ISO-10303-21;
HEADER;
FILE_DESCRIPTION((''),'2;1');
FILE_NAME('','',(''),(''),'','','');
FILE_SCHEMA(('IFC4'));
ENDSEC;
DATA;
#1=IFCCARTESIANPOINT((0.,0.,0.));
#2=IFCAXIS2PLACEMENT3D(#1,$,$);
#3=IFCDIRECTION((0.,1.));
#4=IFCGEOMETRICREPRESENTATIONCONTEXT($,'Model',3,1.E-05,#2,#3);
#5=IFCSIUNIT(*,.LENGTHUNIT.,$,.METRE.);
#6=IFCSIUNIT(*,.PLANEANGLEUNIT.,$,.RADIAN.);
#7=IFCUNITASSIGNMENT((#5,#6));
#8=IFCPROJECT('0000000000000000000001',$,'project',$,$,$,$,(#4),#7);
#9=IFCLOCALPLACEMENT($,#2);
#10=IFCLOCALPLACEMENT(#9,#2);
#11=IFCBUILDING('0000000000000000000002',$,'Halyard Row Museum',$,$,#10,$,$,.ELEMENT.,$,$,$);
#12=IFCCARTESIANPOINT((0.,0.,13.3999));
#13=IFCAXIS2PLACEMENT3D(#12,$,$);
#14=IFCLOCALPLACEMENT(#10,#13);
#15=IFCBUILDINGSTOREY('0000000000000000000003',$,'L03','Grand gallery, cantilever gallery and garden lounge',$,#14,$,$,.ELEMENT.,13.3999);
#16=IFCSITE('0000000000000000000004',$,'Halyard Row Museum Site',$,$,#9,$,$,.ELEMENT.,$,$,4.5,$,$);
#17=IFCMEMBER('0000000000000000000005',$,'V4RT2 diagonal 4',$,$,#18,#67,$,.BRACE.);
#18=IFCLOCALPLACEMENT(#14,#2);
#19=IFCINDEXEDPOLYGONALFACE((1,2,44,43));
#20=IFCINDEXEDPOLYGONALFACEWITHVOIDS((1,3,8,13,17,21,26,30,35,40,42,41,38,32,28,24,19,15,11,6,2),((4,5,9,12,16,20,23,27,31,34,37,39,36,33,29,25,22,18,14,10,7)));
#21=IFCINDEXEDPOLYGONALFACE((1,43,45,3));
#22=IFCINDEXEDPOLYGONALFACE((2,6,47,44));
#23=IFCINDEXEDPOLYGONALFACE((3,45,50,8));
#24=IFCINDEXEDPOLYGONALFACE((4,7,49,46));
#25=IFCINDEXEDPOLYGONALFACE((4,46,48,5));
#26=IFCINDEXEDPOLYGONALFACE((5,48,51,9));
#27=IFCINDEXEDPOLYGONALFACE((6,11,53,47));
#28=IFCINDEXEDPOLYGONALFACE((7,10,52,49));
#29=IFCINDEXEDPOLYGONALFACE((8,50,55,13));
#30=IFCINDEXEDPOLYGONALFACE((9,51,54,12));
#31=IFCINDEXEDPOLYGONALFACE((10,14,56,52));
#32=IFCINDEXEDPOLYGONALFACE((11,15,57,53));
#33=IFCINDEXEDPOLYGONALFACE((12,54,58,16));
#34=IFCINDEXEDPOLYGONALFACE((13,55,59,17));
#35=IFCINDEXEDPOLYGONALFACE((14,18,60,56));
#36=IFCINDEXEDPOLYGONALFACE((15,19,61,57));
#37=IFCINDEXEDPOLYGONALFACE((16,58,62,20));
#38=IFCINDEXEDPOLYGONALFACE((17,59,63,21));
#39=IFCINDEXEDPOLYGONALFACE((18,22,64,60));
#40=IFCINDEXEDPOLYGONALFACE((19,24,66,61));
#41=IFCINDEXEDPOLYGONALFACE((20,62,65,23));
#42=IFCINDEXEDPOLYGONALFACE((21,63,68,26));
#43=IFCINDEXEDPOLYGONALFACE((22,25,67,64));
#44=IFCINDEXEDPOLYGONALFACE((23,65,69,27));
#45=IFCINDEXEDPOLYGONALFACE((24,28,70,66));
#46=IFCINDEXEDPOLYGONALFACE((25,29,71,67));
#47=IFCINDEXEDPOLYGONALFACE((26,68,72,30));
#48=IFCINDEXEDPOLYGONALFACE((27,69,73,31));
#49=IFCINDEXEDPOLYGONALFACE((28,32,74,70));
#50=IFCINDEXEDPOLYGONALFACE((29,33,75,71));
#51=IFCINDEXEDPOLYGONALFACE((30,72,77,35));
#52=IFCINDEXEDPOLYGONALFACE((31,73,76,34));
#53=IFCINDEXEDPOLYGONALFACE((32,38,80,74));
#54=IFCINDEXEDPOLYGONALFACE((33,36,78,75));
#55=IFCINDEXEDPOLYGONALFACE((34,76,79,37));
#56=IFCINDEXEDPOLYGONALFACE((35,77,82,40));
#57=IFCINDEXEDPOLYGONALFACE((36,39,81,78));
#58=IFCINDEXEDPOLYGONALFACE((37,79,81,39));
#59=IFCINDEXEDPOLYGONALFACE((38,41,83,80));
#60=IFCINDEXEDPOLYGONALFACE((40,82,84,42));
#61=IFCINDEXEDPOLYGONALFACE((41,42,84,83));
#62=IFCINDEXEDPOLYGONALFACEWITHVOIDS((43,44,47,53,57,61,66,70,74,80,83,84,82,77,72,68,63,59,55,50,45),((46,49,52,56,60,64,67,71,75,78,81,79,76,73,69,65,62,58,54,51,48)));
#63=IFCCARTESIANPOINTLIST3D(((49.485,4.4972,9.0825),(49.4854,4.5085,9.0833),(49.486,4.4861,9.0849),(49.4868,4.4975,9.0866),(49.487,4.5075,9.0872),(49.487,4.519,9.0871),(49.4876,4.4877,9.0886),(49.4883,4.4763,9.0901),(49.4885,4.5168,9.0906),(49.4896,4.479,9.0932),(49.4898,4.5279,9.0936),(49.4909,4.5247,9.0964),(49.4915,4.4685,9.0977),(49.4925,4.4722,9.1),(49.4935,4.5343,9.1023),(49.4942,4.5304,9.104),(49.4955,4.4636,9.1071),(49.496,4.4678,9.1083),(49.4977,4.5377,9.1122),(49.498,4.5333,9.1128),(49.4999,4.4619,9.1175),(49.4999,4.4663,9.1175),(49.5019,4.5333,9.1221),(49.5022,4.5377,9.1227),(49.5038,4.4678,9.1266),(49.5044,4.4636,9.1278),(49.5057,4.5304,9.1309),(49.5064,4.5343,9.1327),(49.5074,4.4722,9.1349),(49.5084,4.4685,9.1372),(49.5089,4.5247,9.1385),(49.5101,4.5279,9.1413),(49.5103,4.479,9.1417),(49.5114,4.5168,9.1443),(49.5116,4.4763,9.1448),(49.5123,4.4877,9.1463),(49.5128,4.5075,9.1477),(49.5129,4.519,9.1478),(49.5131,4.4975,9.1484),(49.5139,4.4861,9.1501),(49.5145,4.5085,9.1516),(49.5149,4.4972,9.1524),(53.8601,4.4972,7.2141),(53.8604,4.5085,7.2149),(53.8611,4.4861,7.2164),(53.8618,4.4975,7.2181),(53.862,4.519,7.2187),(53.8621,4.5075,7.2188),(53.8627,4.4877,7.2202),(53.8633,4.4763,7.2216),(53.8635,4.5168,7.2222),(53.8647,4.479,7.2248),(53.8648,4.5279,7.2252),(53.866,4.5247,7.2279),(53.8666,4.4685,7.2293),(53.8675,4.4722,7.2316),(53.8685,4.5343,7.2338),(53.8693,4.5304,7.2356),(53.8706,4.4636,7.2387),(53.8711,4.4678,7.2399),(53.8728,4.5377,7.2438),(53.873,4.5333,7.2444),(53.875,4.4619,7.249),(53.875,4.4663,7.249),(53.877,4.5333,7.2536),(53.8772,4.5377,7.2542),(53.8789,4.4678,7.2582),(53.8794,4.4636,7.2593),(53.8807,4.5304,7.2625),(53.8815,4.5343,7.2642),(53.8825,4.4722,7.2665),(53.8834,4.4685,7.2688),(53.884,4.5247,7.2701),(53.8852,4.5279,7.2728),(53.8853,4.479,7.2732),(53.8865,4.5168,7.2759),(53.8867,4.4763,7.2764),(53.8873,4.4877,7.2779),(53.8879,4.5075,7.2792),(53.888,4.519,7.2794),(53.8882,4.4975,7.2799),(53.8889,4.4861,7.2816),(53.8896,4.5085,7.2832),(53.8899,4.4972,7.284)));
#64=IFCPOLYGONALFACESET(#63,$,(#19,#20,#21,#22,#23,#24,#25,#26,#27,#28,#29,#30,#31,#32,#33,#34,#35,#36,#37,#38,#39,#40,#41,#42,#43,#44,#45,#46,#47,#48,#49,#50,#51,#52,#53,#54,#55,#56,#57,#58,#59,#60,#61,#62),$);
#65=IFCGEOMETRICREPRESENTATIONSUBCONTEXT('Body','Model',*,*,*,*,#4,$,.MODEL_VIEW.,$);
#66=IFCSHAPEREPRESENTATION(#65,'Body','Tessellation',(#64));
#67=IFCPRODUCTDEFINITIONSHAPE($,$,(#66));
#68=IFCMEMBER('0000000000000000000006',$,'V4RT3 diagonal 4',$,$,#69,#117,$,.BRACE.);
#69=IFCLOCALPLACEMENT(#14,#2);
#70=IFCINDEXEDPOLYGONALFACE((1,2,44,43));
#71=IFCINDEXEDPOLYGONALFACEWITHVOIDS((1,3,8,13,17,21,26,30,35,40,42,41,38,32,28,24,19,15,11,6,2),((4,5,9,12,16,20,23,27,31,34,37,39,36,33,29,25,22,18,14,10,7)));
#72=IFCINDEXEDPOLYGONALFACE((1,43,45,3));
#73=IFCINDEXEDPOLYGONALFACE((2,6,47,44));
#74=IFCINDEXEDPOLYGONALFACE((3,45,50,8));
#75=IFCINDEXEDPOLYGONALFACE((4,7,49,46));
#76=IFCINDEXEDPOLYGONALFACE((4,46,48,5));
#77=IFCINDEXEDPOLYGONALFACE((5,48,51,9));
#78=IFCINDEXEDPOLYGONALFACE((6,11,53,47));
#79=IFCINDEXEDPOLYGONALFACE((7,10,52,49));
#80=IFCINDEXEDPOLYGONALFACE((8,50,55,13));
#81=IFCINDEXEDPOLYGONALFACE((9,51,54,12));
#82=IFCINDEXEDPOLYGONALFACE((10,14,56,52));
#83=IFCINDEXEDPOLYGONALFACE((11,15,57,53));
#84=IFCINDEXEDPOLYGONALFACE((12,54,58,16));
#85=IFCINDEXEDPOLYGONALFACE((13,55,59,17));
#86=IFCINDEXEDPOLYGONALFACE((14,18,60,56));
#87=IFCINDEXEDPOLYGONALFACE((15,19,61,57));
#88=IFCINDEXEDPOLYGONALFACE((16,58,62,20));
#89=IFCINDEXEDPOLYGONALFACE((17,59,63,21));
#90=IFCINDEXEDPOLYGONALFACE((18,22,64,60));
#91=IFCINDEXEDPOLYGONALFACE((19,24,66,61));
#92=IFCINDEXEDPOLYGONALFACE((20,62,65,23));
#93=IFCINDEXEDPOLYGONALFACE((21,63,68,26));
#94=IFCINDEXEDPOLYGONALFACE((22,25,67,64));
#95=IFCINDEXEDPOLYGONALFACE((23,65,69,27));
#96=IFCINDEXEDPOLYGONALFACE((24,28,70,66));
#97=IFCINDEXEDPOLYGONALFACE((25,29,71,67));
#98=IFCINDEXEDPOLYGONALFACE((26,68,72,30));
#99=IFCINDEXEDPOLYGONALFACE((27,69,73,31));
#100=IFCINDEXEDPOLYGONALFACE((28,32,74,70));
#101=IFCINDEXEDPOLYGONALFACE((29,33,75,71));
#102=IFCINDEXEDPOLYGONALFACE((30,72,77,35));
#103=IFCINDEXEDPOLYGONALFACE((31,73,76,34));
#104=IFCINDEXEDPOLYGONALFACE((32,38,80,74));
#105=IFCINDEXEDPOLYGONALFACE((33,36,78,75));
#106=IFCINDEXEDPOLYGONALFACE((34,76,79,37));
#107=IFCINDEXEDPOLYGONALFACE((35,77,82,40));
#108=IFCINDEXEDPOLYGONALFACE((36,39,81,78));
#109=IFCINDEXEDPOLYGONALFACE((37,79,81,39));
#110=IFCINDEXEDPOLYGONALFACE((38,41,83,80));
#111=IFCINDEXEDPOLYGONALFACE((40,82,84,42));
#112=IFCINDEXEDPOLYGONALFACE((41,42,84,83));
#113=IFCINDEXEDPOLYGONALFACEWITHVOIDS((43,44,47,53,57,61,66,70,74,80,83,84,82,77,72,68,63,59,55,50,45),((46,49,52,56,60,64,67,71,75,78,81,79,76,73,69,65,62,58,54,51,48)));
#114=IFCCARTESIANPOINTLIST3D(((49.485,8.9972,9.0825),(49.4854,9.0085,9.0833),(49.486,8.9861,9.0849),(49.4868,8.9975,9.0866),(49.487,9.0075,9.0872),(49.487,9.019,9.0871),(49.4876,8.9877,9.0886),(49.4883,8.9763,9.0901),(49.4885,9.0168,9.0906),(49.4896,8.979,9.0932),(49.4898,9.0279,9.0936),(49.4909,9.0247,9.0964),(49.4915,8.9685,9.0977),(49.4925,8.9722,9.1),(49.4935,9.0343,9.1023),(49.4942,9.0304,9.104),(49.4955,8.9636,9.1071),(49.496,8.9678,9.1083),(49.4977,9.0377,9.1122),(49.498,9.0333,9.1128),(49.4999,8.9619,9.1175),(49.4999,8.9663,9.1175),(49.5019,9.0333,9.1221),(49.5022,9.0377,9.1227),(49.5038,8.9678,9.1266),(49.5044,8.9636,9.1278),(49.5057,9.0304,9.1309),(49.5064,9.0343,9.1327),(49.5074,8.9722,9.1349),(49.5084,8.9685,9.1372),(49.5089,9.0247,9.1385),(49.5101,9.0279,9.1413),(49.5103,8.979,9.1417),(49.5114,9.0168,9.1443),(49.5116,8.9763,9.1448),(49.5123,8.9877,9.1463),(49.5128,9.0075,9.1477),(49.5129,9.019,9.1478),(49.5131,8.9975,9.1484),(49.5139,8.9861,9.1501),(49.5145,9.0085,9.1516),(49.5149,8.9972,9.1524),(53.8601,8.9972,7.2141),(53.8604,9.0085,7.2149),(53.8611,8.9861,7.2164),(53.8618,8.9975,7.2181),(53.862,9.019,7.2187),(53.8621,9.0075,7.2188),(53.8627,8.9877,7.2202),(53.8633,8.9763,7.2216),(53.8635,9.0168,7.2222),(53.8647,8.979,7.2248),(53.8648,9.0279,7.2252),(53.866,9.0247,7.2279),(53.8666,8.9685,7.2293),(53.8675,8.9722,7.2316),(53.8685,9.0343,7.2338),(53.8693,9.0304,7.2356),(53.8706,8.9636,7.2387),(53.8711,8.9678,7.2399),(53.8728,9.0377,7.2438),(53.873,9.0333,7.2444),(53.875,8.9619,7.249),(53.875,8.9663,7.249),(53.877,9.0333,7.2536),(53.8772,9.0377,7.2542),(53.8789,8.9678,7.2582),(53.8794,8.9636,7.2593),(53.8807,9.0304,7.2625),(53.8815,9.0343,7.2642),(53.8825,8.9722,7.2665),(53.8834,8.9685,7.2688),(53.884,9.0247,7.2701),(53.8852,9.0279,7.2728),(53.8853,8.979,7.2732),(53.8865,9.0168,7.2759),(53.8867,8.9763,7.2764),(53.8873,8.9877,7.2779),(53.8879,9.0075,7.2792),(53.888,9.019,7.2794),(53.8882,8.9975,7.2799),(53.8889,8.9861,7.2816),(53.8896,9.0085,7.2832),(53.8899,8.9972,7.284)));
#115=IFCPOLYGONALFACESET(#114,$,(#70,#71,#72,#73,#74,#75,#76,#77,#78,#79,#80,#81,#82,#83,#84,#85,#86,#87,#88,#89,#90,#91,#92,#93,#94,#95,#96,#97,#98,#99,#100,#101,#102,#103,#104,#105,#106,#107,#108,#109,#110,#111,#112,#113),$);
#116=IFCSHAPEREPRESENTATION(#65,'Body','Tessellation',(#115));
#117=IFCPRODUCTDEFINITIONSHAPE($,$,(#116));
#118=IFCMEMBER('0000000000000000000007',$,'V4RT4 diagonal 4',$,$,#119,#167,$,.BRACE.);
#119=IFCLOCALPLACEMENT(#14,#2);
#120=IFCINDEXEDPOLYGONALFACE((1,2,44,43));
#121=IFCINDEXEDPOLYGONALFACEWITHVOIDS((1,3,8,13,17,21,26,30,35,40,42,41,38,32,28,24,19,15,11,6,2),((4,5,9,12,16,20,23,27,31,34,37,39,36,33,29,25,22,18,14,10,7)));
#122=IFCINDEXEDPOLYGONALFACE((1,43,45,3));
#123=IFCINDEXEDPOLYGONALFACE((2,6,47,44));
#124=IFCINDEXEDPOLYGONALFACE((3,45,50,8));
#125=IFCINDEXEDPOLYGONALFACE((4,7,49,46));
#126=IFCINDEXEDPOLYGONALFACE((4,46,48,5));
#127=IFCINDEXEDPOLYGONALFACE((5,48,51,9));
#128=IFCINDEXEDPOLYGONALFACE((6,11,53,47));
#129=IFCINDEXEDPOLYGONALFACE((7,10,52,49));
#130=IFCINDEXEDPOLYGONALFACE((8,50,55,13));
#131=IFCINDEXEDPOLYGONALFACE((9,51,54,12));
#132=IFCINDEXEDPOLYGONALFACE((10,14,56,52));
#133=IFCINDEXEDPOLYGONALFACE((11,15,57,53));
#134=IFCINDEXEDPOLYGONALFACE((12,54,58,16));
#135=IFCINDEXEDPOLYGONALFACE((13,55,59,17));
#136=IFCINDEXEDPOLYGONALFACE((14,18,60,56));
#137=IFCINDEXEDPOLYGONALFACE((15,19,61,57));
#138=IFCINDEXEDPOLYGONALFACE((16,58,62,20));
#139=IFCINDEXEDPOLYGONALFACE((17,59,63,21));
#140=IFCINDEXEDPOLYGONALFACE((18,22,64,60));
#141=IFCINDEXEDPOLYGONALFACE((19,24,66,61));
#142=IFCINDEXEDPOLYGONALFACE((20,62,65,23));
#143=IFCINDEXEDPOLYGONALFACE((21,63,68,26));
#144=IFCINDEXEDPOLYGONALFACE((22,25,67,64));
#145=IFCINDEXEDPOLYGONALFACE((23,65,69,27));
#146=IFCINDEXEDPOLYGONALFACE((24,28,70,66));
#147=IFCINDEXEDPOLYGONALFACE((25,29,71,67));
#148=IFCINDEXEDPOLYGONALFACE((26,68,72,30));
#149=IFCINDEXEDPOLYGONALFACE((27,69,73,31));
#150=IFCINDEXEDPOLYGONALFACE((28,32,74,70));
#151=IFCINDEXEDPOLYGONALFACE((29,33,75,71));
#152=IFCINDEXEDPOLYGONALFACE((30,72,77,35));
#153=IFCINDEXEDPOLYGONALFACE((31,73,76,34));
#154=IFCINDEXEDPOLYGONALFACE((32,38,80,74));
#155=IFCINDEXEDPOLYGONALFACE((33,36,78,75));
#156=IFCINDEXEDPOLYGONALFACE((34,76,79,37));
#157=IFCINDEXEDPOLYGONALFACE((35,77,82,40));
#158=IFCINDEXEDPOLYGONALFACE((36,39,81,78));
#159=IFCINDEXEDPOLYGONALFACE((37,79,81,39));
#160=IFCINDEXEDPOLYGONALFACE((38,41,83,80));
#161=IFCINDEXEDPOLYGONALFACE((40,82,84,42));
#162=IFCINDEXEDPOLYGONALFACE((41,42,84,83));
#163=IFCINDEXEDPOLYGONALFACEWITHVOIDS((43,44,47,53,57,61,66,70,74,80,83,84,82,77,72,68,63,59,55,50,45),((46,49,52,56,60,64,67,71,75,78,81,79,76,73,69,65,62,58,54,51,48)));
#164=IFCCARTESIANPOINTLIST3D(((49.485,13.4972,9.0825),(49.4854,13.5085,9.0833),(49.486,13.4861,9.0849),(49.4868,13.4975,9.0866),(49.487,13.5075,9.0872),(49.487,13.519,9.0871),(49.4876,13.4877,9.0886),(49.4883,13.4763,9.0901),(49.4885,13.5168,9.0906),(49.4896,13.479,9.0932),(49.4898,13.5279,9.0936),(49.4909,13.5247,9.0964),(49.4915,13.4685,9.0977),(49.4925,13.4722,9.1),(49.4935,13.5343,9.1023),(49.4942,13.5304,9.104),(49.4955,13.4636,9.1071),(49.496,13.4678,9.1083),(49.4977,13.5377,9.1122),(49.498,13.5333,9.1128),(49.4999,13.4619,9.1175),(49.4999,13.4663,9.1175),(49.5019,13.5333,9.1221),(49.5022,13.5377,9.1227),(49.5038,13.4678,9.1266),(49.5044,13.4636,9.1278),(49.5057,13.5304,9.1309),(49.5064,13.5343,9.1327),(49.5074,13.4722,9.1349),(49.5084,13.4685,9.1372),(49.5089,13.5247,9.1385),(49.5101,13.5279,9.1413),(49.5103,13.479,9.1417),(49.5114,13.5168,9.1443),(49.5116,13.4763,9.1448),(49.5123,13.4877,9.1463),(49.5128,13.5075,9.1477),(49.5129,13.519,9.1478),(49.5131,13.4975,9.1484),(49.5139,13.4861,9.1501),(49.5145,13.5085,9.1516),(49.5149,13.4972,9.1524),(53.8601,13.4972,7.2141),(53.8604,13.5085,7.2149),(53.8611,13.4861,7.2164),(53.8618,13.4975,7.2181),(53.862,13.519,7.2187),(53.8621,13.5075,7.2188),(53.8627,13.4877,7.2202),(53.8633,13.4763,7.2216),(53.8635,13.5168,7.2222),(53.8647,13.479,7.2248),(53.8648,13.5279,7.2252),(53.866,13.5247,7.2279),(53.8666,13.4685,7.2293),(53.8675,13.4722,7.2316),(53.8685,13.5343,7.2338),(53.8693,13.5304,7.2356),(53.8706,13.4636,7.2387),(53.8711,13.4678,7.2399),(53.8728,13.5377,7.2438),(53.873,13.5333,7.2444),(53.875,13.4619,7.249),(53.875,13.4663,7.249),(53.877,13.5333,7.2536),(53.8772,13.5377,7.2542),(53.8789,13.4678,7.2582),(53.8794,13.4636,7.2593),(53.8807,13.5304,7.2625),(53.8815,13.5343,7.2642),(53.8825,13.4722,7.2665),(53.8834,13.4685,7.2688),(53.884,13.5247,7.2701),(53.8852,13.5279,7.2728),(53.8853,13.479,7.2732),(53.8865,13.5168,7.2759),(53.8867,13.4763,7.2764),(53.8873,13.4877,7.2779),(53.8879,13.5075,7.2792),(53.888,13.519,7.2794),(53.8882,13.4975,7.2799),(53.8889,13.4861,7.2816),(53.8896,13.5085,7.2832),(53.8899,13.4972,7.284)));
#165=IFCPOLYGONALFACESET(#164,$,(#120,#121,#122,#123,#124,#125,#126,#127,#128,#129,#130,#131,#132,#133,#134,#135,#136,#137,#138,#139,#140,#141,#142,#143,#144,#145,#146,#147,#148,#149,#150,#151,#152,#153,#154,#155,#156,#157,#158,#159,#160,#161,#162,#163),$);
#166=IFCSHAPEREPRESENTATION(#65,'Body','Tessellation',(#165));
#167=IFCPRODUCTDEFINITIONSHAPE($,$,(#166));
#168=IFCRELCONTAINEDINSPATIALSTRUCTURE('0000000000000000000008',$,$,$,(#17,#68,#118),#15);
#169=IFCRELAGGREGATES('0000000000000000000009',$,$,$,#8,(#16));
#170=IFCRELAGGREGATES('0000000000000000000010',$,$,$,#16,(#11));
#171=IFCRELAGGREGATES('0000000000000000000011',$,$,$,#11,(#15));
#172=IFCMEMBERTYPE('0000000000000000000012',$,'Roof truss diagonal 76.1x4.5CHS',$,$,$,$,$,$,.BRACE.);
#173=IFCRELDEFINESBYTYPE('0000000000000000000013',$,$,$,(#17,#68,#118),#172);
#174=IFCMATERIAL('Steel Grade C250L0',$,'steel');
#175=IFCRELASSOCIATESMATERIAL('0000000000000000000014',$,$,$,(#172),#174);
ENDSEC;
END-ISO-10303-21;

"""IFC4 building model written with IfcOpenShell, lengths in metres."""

from ifc_helpers import new_model, si_unit, direction, frame, origin, origin_2d, place, context, subcontext, project, spatial, hollow_circle, extrude, material, material_profile, profile_set, type_object, element, save


model = new_model("IFC4")

# Units and contexts
model_context = context("Model", 3, precision=1e-05, world=origin(), true_north=direction((0.0, 1.0)))
body_context = subcontext(model_context, "Body", "Model", "MODEL_VIEW")
ifc_project = project(units=[si_unit("LENGTHUNIT", "METRE"), si_unit("PLANEANGLEUNIT", "RADIAN")], contexts=[model_context])

# Site, building, storey
site_placement = place(None, origin())
site = spatial("IfcSite", under=ifc_project, at=site_placement, Name="Halyard Row Museum Site", CompositionType="ELEMENT", RefElevation=4.5)
building_placement = place(site_placement, origin())
building = spatial("IfcBuilding", under=site, at=building_placement, Name="Halyard Row Museum", CompositionType="ELEMENT")
storey_placement = place(building_placement, frame((0.0, 0.0, 13.3999)))
storey = spatial("IfcBuildingStorey", under=building, at=storey_placement, Name="L03", Description="Grand gallery, cantilever gallery and garden lounge", CompositionType="ELEMENT", Elevation=13.3999)

# Members
ifc_material_1 = material(Name="Steel Grade C250L0", Category="steel")
ifc_material_profile_1 = material_profile(ifc_material_1, hollow_circle(Radius=0.0381, WallThickness=0.0044, at=origin_2d()), Name="76.1x4.5CHS")
ifc_profile_set_1 = profile_set([ifc_material_profile_1], Name="Steel Grade C250L0")
member_type_1 = type_object("IfcMemberType", Name="Roof truss diagonal 76.1x4.5CHS", PredefinedType="BRACE", material=ifc_profile_set_1)
for number, where, z_axis, x_axis, name in (
    (1, (53.875, 4.5, 7.249), (-0.919646, 0.0, 0.392748), (0.0, -1.0, 0.0), "V4RT2 diagonal 4"),
    (2, (53.875, 9.0, 7.249), (-0.919646, 0.0, 0.392748), (0.0, -1.0, 0.0), "V4RT3 diagonal 4"),
    (3, (53.875, 13.5, 7.249), (-0.919646, 0.0, 0.392748), (0.0, -1.0, 0.0), "V4RT4 diagonal 4"),
):
    element("IfcMember", number, at=place(storey_placement, frame(where, z_axis=z_axis, x_axis=x_axis)), inside=storey, type_object=member_type_1, Name=name, PredefinedType="BRACE", context=body_context, shape_type="SweptSolid", body=[
        extrude(hollow_circle(Radius=0.0381, WallThickness=0.0044, at=origin_2d()), origin(), (0.0, 0.0, 1.0), 4.7573),
    ])

save(model, "model.ifc")
